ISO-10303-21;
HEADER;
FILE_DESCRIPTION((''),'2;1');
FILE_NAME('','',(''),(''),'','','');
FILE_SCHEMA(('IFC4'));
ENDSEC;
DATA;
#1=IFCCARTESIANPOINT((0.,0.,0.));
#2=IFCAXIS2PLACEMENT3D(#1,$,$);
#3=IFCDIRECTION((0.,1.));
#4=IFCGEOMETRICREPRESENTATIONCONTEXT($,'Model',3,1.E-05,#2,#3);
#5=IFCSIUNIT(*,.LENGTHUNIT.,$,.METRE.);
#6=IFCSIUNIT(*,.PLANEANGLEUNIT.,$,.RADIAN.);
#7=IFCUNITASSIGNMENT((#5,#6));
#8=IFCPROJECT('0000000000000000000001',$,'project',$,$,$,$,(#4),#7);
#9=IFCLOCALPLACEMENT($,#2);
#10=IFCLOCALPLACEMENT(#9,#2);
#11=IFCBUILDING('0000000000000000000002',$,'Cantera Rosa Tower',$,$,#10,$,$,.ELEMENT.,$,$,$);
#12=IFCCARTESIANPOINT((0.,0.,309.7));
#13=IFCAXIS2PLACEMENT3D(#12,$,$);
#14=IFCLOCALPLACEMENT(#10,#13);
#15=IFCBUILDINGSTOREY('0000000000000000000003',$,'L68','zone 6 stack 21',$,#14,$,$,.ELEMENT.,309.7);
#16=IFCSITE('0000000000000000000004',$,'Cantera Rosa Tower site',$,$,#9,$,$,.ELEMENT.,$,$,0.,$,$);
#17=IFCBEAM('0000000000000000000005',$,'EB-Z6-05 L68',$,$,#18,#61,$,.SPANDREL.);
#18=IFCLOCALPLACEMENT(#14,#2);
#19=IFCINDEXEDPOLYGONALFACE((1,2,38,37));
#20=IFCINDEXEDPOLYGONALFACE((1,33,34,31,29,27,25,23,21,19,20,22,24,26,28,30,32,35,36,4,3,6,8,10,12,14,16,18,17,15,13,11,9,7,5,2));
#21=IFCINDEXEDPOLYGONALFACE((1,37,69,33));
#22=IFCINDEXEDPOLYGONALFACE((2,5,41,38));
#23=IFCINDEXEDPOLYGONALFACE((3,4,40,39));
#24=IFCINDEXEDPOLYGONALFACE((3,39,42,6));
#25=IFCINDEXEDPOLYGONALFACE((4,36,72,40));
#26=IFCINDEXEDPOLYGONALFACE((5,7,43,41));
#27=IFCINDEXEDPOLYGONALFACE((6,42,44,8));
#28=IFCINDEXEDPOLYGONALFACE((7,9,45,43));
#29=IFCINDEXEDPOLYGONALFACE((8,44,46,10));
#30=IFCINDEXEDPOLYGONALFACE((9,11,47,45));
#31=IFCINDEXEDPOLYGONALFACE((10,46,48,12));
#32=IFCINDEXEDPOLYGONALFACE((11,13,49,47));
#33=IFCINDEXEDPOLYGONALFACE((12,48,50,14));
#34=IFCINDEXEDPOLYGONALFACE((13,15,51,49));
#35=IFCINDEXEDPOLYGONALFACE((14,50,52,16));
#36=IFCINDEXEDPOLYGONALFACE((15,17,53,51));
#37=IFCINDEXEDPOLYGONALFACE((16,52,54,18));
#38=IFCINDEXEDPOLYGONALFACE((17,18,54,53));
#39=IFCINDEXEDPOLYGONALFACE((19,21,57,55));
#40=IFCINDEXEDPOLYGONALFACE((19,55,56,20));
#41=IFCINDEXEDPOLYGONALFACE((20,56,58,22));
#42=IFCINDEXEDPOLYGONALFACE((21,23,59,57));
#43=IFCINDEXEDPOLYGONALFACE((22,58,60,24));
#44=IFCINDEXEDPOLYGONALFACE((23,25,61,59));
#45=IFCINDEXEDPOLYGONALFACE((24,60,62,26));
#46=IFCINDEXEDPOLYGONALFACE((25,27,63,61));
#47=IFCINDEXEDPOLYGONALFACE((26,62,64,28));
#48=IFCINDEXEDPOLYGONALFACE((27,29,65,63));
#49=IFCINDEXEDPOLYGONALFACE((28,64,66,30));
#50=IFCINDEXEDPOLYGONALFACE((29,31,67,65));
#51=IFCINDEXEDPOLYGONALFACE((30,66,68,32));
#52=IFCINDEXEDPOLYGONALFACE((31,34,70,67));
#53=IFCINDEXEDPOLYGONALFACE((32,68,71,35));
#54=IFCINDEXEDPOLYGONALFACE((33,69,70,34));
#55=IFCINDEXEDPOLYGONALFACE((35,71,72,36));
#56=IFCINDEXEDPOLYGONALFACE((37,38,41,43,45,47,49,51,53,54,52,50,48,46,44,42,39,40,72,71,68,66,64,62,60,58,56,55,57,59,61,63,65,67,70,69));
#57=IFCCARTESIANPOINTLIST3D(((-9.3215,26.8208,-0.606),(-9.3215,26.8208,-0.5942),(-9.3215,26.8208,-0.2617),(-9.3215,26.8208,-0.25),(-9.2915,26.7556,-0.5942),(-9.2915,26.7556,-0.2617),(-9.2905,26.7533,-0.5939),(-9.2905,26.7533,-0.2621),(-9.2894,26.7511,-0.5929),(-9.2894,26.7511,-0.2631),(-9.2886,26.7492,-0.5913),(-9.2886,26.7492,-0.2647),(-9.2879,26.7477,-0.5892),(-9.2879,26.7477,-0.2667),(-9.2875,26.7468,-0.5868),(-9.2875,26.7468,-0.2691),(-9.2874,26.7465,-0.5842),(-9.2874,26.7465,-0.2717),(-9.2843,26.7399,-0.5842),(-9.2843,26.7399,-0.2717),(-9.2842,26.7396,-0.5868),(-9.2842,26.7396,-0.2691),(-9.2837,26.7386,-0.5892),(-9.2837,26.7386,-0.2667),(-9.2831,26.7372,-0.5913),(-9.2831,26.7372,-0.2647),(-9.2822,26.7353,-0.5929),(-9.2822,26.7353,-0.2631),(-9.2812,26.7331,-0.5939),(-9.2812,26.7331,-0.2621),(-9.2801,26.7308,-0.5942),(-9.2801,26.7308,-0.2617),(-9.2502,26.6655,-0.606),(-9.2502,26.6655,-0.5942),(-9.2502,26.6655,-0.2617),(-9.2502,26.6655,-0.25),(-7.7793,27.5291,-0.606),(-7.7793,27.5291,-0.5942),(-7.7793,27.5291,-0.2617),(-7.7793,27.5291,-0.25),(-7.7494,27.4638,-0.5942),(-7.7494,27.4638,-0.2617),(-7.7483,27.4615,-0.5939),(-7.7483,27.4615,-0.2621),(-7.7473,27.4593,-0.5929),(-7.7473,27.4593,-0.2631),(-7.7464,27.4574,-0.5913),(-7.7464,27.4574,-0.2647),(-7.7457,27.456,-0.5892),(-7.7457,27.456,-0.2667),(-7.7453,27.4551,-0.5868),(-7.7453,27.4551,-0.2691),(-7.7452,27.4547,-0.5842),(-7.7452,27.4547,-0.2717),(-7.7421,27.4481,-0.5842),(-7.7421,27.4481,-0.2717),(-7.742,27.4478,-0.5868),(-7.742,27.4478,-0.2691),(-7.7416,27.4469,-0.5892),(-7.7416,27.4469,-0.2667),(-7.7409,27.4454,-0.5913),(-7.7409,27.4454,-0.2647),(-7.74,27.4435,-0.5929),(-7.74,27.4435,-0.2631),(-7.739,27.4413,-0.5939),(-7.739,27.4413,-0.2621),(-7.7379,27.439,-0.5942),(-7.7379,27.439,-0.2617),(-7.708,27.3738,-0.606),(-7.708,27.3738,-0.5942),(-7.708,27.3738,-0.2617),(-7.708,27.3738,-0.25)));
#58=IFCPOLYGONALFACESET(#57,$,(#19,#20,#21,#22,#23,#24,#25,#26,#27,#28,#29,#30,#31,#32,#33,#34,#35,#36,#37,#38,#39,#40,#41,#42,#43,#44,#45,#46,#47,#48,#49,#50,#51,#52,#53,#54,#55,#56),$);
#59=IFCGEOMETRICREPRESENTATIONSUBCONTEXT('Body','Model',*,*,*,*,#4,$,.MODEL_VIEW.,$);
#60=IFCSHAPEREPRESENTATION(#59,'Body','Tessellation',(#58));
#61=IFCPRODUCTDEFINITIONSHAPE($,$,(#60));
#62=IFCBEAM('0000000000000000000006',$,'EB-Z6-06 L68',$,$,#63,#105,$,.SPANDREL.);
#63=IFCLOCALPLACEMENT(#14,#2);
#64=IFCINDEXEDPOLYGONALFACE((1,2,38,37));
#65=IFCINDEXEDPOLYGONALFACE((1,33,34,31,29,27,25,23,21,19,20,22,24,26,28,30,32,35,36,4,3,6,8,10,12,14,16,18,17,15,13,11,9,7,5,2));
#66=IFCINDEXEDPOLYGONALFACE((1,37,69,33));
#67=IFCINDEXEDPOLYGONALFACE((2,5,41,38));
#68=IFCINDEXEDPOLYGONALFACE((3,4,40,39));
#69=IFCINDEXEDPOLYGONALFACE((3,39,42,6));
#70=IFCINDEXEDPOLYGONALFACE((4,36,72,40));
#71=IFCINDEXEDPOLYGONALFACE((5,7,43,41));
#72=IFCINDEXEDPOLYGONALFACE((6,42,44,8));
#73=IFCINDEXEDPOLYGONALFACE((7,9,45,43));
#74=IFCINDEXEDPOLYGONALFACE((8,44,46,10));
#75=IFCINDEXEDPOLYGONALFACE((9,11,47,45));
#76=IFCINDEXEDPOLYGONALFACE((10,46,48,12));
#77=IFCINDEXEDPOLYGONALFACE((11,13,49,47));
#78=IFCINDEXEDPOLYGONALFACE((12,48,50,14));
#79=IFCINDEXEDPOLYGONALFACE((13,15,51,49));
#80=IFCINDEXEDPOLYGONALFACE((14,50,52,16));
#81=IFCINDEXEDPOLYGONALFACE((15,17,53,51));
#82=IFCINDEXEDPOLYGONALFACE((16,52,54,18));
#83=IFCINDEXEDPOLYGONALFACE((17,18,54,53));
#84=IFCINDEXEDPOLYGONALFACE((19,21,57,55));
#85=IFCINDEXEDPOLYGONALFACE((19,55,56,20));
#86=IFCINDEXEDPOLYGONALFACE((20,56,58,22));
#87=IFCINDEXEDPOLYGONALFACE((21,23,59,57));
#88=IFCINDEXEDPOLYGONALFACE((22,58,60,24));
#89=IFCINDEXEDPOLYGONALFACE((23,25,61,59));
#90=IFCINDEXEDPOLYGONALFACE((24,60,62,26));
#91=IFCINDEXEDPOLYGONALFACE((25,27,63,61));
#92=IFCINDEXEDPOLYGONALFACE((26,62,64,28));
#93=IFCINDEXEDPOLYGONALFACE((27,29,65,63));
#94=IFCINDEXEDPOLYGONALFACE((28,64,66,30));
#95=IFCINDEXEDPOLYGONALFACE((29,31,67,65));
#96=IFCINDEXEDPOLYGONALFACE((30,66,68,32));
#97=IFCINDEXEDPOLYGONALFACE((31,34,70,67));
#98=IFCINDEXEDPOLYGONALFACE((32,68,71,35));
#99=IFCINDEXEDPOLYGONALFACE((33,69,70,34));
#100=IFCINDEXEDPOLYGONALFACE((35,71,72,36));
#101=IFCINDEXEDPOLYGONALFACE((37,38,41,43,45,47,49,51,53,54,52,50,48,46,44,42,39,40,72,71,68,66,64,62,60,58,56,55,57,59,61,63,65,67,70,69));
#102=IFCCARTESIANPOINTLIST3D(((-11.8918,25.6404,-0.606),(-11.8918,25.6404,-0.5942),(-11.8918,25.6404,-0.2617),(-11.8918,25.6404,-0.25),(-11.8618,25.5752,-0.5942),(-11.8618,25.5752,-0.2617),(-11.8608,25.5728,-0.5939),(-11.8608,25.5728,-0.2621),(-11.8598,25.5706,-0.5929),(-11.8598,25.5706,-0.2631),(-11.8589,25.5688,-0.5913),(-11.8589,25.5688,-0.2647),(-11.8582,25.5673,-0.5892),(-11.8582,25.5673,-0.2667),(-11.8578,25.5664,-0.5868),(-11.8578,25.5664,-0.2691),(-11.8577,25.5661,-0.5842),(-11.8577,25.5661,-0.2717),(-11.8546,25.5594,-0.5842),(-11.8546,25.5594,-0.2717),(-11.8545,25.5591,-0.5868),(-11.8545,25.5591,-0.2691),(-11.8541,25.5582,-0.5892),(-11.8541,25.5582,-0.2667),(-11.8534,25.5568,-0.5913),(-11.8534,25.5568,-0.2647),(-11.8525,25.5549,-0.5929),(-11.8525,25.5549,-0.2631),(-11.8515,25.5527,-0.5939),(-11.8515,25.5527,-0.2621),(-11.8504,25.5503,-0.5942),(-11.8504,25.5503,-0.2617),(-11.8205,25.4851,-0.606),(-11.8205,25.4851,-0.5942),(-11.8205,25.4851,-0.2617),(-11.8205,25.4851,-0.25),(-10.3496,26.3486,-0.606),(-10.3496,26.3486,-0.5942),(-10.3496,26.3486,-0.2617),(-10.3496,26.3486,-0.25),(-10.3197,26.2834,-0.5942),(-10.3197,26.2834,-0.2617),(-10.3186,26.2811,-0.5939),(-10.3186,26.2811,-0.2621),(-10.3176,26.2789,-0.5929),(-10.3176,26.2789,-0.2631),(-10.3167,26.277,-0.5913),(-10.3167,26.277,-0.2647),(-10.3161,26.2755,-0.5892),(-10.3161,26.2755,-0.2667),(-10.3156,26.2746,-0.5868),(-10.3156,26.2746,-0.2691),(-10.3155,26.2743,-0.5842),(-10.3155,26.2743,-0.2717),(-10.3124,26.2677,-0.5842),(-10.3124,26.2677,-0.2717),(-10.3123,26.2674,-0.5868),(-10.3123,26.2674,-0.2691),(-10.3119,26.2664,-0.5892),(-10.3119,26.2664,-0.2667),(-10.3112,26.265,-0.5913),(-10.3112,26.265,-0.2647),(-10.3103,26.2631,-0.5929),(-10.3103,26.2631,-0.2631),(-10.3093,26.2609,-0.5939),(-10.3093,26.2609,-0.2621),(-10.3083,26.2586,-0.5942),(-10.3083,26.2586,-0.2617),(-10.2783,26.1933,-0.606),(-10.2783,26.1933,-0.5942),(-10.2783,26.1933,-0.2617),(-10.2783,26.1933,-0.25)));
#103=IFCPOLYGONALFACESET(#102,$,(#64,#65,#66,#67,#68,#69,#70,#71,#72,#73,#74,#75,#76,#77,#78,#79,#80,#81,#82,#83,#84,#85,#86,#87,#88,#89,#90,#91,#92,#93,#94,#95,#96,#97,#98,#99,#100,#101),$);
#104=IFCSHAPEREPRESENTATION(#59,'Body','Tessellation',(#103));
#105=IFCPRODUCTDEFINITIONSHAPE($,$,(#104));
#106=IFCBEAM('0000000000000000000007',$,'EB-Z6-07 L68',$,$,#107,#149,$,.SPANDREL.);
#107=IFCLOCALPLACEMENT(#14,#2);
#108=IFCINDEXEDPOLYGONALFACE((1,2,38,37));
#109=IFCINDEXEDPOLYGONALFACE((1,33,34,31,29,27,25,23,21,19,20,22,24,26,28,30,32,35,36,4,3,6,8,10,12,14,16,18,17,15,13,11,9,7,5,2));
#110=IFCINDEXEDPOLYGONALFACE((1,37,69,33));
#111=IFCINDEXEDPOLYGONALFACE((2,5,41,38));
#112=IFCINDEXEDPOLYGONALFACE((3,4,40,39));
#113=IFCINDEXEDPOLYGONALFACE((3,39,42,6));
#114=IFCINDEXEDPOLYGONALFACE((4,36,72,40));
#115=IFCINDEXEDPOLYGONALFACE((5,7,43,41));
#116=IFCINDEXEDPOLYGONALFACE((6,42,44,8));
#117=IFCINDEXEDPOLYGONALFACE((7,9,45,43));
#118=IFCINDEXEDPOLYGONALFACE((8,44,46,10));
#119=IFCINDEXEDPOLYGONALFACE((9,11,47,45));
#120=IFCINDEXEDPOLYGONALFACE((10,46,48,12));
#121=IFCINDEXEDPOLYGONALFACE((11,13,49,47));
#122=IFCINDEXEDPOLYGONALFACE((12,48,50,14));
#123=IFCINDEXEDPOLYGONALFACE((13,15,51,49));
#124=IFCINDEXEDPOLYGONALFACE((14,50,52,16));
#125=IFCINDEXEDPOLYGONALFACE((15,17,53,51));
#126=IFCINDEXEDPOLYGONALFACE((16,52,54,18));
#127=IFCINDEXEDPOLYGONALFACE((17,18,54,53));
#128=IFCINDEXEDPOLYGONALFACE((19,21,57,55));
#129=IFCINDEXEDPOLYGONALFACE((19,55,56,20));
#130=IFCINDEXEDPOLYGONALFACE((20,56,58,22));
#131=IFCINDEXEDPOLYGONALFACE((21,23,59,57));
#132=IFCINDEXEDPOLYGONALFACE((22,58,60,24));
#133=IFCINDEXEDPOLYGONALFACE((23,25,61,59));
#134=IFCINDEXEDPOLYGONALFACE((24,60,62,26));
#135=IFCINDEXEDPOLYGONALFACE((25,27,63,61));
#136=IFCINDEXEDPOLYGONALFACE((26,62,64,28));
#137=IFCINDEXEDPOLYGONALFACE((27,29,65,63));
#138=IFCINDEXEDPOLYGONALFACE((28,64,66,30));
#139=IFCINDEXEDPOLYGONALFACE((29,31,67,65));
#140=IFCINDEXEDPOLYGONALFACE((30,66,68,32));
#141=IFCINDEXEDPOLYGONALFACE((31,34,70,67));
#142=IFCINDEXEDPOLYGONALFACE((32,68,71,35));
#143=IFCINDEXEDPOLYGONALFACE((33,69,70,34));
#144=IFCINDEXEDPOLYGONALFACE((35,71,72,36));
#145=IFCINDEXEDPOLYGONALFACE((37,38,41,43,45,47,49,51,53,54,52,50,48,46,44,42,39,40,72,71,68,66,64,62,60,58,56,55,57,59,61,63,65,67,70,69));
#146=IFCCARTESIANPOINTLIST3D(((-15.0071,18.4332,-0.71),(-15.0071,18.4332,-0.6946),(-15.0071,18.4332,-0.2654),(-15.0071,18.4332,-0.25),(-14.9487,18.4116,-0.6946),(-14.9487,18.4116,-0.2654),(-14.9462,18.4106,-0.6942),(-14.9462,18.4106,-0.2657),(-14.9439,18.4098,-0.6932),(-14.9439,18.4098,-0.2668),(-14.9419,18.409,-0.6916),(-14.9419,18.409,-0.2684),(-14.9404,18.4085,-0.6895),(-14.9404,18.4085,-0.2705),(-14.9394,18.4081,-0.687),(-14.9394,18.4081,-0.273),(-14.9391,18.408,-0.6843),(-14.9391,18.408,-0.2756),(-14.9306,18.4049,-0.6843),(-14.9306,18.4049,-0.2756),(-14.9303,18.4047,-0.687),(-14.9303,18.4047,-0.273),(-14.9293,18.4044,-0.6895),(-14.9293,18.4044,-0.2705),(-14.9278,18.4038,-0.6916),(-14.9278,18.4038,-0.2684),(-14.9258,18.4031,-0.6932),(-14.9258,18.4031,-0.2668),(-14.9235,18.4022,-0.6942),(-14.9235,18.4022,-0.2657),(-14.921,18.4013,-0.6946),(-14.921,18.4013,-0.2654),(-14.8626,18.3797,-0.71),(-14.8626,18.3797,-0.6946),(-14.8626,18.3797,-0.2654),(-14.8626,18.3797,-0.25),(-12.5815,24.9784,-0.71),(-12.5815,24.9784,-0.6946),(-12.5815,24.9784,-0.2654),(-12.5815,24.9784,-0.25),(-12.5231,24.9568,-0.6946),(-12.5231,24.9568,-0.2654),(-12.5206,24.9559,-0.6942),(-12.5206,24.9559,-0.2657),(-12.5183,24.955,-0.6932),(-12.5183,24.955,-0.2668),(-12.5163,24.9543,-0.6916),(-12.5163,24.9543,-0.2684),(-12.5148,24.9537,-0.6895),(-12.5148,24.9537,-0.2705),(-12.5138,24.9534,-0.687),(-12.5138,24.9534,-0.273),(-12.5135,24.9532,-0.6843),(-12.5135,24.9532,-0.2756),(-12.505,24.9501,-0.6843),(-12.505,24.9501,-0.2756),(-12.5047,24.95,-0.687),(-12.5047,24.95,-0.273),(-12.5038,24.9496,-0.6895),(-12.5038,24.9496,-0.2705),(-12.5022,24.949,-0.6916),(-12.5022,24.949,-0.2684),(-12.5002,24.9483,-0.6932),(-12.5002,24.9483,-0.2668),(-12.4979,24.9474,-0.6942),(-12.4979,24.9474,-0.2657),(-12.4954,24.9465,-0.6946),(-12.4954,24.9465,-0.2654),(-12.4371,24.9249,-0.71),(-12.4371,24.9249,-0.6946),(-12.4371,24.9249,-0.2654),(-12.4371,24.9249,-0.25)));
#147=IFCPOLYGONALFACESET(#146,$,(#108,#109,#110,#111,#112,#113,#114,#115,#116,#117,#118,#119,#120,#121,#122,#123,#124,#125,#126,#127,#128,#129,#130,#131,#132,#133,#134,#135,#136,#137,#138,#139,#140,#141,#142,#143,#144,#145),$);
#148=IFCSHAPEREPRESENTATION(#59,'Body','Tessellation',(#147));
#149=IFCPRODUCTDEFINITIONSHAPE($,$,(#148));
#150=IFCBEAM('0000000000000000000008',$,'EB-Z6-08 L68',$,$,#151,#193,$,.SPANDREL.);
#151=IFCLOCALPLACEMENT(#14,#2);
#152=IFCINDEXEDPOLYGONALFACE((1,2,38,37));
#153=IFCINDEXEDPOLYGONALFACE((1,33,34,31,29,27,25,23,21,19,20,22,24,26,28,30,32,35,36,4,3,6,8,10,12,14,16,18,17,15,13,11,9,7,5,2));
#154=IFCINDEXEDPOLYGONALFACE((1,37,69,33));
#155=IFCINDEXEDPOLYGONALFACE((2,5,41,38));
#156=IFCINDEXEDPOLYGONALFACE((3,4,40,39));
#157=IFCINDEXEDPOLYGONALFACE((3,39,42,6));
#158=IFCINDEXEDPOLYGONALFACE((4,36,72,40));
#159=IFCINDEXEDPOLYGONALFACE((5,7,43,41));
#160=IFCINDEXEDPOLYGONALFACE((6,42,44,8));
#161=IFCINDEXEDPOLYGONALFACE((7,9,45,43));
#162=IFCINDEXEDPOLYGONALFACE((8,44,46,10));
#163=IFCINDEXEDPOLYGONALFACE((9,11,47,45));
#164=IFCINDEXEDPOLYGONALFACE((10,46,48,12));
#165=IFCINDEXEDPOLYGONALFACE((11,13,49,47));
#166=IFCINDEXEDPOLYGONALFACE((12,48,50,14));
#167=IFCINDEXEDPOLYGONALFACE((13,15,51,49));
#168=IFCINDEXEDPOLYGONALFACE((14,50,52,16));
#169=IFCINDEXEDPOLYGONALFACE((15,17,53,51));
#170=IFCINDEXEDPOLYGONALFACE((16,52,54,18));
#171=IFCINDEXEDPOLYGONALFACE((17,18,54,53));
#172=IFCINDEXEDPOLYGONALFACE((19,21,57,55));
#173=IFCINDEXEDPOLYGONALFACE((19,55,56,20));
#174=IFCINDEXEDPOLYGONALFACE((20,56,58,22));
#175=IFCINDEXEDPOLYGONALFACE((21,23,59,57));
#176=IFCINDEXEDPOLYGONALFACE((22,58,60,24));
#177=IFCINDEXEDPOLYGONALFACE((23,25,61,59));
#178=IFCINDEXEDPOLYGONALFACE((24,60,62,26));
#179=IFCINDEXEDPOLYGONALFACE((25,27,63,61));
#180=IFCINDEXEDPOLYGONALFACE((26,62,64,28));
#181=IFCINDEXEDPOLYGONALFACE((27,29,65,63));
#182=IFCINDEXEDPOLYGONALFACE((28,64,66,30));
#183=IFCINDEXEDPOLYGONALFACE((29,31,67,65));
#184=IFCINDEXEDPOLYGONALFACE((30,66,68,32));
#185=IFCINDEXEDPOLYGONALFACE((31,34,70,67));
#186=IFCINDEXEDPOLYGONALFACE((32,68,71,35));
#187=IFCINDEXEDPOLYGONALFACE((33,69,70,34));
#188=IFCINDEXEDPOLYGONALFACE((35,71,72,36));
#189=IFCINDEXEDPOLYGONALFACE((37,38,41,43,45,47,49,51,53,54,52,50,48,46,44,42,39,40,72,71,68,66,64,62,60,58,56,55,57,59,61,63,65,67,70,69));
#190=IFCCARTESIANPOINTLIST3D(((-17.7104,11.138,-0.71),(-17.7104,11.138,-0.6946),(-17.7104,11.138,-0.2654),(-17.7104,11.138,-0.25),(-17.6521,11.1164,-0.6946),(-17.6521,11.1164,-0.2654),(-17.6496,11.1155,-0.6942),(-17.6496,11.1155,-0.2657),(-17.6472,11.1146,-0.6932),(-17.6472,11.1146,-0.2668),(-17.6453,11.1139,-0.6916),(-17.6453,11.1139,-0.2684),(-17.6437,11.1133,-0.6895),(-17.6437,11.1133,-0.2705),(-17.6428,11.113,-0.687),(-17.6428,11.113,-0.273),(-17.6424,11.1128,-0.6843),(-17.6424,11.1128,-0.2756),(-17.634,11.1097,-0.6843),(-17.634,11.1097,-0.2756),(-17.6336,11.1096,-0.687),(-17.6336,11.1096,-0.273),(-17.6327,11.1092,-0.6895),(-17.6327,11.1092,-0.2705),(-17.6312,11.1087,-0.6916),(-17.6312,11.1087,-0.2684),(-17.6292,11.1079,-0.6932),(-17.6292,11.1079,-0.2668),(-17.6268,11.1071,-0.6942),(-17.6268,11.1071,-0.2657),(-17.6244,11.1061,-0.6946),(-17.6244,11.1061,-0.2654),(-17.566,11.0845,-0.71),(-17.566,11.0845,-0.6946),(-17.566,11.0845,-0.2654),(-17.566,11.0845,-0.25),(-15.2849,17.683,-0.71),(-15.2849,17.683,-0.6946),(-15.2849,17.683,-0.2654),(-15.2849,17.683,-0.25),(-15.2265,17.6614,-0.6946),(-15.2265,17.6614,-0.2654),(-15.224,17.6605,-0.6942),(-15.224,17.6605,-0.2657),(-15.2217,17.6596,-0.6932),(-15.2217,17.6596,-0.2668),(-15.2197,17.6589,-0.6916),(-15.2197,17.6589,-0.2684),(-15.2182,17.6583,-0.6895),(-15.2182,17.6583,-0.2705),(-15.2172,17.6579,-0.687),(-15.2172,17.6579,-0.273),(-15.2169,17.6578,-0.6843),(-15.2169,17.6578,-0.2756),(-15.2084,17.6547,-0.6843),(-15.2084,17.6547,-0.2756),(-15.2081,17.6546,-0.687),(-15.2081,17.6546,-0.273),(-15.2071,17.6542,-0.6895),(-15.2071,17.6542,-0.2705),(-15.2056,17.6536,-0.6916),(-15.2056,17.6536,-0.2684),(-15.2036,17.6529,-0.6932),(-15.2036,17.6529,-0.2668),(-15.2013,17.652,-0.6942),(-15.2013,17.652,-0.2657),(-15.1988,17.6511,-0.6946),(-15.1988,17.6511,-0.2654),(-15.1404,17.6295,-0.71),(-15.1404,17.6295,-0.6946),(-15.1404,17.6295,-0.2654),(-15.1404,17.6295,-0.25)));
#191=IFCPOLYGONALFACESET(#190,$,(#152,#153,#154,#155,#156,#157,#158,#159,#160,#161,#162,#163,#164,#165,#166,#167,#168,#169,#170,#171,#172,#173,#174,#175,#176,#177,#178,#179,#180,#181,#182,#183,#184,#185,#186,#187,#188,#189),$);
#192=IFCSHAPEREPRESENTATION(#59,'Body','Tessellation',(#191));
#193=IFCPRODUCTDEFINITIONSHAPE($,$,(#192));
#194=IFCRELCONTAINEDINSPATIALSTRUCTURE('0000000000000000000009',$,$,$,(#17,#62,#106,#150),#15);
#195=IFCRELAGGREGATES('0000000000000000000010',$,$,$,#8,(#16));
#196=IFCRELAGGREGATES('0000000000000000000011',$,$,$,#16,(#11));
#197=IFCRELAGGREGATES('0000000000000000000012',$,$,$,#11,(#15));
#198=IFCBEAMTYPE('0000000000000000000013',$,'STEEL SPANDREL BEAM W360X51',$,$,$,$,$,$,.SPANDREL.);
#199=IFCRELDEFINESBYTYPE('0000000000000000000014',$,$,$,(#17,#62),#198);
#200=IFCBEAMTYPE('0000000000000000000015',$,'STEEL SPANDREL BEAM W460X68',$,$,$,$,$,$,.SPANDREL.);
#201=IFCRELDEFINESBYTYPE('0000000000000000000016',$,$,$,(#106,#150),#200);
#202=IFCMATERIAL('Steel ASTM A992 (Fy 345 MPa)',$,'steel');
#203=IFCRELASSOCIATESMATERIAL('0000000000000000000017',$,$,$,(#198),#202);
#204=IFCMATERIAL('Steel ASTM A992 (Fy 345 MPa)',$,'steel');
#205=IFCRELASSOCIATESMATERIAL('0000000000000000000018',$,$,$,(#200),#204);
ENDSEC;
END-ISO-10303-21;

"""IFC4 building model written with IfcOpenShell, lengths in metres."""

from ifc_helpers import new_model, si_unit, direction, frame, origin, origin_2d, place, context, subcontext, project, spatial, i_section, extrude, material, material_profile, profile_set, type_object, element, save


model = new_model("IFC4")

# Units and contexts
model_context = context("Model", 3, precision=1e-05, world=origin(), true_north=direction((0.0, 1.0)))
body_context = subcontext(model_context, "Body", "Model", "MODEL_VIEW")
ifc_project = project(units=[si_unit("LENGTHUNIT", "METRE"), si_unit("PLANEANGLEUNIT", "RADIAN")], contexts=[model_context])

# Site, building, storey
site_placement = place(None, origin())
site = spatial("IfcSite", under=ifc_project, at=site_placement, Name="Cantera Rosa Tower site", CompositionType="ELEMENT", RefElevation=0.0)
building_placement = place(site_placement, origin())
building = spatial("IfcBuilding", under=site, at=building_placement, Name="Cantera Rosa Tower", CompositionType="ELEMENT")
storey_placement = place(building_placement, frame((0.0, 0.0, 309.7)))
storey = spatial("IfcBuildingStorey", under=building, at=storey_placement, Name="L68", Description="zone 6 stack 21", CompositionType="ELEMENT", Elevation=309.7)

# Beams
ifc_material_1 = material(Name="Steel ASTM A992 (Fy 345 MPa)", Category="steel")
ifc_material_profile_1 = material_profile(ifc_material_1, i_section(OverallWidth=0.1709, OverallDepth=0.356, WebThickness=0.0073, FlangeThickness=0.0117, FilletRadius=0.01, at=origin_2d()), Name="W360X51")
ifc_profile_set_1 = profile_set([ifc_material_profile_1], Name="Steel ASTM A992 (Fy 345 MPa)")
beam_type_1 = type_object("IfcBeamType", Name="STEEL SPANDREL BEAM W360X51", PredefinedType="SPANDREL", material=ifc_profile_set_1)
for number, where, z_axis, x_axis, name in (
    (1, (-7.7437, 27.4514, -0.428), (-0.908754, -0.417333, 0.0), (0.417333, -0.908754, 0.0), "EB-Z6-05 L68"),
    (2, (-10.314, 26.271, -0.428), (-0.908754, -0.417333, 0.0), (0.417333, -0.908754, 0.0), "EB-Z6-06 L68"),
):
    element("IfcBeam", number, at=place(storey_placement, frame(where, z_axis=z_axis, x_axis=x_axis)), inside=storey, type_object=beam_type_1, Name=name, PredefinedType="SPANDREL", context=body_context, shape_type="SweptSolid", body=[
        extrude(i_section(OverallWidth=0.1709, OverallDepth=0.356, WebThickness=0.0073, FlangeThickness=0.0117, FilletRadius=0.01, at=origin_2d()), origin(), (0.0, 0.0, 1.0), 1.697),
    ])
ifc_material_2 = material(Name="Steel ASTM A992 (Fy 345 MPa)", Category="steel")
ifc_material_profile_2 = material_profile(ifc_material_2, i_section(OverallWidth=0.1541, OverallDepth=0.46, WebThickness=0.009, FlangeThickness=0.0154, FilletRadius=0.0103, at=origin_2d()), Name="W460X68")
ifc_profile_set_2 = profile_set([ifc_material_profile_2], Name="Steel ASTM A992 (Fy 345 MPa)")
beam_type_2 = type_object("IfcBeamType", Name="STEEL SPANDREL BEAM W460X68", PredefinedType="SPANDREL", material=ifc_profile_set_2)
beam_1_placement = place(storey_placement, frame((-12.5093, 24.9517, -0.48), z_axis=(-0.347491, -0.937683, 0.0), x_axis=(0.937683, -0.347491, 0.0)))
element("IfcBeam", 3, at=beam_1_placement, inside=storey, type_object=beam_type_2, Name="EB-Z6-07 L68", PredefinedType="SPANDREL", context=body_context, shape_type="SweptSolid", body=[
    extrude(i_section(OverallWidth=0.1541, OverallDepth=0.46, WebThickness=0.009, FlangeThickness=0.0154, FilletRadius=0.0103, at=origin_2d()), origin(), (0.0, 0.0, 1.0), 6.9802),
])
beam_2_placement = place(storey_placement, frame((-15.2126, 17.6562, -0.48), z_axis=(-0.347502, -0.937679, 0.0), x_axis=(0.937679, -0.347502, 0.0)))
element("IfcBeam", 4, at=beam_2_placement, inside=storey, type_object=beam_type_2, Name="EB-Z6-08 L68", PredefinedType="SPANDREL", context=body_context, shape_type="SweptSolid", body=[
    extrude(i_section(OverallWidth=0.1541, OverallDepth=0.46, WebThickness=0.009, FlangeThickness=0.0154, FilletRadius=0.0103, at=origin_2d()), origin(), (0.0, 0.0, 1.0), 6.98),
])

save(model, "model.ifc")
